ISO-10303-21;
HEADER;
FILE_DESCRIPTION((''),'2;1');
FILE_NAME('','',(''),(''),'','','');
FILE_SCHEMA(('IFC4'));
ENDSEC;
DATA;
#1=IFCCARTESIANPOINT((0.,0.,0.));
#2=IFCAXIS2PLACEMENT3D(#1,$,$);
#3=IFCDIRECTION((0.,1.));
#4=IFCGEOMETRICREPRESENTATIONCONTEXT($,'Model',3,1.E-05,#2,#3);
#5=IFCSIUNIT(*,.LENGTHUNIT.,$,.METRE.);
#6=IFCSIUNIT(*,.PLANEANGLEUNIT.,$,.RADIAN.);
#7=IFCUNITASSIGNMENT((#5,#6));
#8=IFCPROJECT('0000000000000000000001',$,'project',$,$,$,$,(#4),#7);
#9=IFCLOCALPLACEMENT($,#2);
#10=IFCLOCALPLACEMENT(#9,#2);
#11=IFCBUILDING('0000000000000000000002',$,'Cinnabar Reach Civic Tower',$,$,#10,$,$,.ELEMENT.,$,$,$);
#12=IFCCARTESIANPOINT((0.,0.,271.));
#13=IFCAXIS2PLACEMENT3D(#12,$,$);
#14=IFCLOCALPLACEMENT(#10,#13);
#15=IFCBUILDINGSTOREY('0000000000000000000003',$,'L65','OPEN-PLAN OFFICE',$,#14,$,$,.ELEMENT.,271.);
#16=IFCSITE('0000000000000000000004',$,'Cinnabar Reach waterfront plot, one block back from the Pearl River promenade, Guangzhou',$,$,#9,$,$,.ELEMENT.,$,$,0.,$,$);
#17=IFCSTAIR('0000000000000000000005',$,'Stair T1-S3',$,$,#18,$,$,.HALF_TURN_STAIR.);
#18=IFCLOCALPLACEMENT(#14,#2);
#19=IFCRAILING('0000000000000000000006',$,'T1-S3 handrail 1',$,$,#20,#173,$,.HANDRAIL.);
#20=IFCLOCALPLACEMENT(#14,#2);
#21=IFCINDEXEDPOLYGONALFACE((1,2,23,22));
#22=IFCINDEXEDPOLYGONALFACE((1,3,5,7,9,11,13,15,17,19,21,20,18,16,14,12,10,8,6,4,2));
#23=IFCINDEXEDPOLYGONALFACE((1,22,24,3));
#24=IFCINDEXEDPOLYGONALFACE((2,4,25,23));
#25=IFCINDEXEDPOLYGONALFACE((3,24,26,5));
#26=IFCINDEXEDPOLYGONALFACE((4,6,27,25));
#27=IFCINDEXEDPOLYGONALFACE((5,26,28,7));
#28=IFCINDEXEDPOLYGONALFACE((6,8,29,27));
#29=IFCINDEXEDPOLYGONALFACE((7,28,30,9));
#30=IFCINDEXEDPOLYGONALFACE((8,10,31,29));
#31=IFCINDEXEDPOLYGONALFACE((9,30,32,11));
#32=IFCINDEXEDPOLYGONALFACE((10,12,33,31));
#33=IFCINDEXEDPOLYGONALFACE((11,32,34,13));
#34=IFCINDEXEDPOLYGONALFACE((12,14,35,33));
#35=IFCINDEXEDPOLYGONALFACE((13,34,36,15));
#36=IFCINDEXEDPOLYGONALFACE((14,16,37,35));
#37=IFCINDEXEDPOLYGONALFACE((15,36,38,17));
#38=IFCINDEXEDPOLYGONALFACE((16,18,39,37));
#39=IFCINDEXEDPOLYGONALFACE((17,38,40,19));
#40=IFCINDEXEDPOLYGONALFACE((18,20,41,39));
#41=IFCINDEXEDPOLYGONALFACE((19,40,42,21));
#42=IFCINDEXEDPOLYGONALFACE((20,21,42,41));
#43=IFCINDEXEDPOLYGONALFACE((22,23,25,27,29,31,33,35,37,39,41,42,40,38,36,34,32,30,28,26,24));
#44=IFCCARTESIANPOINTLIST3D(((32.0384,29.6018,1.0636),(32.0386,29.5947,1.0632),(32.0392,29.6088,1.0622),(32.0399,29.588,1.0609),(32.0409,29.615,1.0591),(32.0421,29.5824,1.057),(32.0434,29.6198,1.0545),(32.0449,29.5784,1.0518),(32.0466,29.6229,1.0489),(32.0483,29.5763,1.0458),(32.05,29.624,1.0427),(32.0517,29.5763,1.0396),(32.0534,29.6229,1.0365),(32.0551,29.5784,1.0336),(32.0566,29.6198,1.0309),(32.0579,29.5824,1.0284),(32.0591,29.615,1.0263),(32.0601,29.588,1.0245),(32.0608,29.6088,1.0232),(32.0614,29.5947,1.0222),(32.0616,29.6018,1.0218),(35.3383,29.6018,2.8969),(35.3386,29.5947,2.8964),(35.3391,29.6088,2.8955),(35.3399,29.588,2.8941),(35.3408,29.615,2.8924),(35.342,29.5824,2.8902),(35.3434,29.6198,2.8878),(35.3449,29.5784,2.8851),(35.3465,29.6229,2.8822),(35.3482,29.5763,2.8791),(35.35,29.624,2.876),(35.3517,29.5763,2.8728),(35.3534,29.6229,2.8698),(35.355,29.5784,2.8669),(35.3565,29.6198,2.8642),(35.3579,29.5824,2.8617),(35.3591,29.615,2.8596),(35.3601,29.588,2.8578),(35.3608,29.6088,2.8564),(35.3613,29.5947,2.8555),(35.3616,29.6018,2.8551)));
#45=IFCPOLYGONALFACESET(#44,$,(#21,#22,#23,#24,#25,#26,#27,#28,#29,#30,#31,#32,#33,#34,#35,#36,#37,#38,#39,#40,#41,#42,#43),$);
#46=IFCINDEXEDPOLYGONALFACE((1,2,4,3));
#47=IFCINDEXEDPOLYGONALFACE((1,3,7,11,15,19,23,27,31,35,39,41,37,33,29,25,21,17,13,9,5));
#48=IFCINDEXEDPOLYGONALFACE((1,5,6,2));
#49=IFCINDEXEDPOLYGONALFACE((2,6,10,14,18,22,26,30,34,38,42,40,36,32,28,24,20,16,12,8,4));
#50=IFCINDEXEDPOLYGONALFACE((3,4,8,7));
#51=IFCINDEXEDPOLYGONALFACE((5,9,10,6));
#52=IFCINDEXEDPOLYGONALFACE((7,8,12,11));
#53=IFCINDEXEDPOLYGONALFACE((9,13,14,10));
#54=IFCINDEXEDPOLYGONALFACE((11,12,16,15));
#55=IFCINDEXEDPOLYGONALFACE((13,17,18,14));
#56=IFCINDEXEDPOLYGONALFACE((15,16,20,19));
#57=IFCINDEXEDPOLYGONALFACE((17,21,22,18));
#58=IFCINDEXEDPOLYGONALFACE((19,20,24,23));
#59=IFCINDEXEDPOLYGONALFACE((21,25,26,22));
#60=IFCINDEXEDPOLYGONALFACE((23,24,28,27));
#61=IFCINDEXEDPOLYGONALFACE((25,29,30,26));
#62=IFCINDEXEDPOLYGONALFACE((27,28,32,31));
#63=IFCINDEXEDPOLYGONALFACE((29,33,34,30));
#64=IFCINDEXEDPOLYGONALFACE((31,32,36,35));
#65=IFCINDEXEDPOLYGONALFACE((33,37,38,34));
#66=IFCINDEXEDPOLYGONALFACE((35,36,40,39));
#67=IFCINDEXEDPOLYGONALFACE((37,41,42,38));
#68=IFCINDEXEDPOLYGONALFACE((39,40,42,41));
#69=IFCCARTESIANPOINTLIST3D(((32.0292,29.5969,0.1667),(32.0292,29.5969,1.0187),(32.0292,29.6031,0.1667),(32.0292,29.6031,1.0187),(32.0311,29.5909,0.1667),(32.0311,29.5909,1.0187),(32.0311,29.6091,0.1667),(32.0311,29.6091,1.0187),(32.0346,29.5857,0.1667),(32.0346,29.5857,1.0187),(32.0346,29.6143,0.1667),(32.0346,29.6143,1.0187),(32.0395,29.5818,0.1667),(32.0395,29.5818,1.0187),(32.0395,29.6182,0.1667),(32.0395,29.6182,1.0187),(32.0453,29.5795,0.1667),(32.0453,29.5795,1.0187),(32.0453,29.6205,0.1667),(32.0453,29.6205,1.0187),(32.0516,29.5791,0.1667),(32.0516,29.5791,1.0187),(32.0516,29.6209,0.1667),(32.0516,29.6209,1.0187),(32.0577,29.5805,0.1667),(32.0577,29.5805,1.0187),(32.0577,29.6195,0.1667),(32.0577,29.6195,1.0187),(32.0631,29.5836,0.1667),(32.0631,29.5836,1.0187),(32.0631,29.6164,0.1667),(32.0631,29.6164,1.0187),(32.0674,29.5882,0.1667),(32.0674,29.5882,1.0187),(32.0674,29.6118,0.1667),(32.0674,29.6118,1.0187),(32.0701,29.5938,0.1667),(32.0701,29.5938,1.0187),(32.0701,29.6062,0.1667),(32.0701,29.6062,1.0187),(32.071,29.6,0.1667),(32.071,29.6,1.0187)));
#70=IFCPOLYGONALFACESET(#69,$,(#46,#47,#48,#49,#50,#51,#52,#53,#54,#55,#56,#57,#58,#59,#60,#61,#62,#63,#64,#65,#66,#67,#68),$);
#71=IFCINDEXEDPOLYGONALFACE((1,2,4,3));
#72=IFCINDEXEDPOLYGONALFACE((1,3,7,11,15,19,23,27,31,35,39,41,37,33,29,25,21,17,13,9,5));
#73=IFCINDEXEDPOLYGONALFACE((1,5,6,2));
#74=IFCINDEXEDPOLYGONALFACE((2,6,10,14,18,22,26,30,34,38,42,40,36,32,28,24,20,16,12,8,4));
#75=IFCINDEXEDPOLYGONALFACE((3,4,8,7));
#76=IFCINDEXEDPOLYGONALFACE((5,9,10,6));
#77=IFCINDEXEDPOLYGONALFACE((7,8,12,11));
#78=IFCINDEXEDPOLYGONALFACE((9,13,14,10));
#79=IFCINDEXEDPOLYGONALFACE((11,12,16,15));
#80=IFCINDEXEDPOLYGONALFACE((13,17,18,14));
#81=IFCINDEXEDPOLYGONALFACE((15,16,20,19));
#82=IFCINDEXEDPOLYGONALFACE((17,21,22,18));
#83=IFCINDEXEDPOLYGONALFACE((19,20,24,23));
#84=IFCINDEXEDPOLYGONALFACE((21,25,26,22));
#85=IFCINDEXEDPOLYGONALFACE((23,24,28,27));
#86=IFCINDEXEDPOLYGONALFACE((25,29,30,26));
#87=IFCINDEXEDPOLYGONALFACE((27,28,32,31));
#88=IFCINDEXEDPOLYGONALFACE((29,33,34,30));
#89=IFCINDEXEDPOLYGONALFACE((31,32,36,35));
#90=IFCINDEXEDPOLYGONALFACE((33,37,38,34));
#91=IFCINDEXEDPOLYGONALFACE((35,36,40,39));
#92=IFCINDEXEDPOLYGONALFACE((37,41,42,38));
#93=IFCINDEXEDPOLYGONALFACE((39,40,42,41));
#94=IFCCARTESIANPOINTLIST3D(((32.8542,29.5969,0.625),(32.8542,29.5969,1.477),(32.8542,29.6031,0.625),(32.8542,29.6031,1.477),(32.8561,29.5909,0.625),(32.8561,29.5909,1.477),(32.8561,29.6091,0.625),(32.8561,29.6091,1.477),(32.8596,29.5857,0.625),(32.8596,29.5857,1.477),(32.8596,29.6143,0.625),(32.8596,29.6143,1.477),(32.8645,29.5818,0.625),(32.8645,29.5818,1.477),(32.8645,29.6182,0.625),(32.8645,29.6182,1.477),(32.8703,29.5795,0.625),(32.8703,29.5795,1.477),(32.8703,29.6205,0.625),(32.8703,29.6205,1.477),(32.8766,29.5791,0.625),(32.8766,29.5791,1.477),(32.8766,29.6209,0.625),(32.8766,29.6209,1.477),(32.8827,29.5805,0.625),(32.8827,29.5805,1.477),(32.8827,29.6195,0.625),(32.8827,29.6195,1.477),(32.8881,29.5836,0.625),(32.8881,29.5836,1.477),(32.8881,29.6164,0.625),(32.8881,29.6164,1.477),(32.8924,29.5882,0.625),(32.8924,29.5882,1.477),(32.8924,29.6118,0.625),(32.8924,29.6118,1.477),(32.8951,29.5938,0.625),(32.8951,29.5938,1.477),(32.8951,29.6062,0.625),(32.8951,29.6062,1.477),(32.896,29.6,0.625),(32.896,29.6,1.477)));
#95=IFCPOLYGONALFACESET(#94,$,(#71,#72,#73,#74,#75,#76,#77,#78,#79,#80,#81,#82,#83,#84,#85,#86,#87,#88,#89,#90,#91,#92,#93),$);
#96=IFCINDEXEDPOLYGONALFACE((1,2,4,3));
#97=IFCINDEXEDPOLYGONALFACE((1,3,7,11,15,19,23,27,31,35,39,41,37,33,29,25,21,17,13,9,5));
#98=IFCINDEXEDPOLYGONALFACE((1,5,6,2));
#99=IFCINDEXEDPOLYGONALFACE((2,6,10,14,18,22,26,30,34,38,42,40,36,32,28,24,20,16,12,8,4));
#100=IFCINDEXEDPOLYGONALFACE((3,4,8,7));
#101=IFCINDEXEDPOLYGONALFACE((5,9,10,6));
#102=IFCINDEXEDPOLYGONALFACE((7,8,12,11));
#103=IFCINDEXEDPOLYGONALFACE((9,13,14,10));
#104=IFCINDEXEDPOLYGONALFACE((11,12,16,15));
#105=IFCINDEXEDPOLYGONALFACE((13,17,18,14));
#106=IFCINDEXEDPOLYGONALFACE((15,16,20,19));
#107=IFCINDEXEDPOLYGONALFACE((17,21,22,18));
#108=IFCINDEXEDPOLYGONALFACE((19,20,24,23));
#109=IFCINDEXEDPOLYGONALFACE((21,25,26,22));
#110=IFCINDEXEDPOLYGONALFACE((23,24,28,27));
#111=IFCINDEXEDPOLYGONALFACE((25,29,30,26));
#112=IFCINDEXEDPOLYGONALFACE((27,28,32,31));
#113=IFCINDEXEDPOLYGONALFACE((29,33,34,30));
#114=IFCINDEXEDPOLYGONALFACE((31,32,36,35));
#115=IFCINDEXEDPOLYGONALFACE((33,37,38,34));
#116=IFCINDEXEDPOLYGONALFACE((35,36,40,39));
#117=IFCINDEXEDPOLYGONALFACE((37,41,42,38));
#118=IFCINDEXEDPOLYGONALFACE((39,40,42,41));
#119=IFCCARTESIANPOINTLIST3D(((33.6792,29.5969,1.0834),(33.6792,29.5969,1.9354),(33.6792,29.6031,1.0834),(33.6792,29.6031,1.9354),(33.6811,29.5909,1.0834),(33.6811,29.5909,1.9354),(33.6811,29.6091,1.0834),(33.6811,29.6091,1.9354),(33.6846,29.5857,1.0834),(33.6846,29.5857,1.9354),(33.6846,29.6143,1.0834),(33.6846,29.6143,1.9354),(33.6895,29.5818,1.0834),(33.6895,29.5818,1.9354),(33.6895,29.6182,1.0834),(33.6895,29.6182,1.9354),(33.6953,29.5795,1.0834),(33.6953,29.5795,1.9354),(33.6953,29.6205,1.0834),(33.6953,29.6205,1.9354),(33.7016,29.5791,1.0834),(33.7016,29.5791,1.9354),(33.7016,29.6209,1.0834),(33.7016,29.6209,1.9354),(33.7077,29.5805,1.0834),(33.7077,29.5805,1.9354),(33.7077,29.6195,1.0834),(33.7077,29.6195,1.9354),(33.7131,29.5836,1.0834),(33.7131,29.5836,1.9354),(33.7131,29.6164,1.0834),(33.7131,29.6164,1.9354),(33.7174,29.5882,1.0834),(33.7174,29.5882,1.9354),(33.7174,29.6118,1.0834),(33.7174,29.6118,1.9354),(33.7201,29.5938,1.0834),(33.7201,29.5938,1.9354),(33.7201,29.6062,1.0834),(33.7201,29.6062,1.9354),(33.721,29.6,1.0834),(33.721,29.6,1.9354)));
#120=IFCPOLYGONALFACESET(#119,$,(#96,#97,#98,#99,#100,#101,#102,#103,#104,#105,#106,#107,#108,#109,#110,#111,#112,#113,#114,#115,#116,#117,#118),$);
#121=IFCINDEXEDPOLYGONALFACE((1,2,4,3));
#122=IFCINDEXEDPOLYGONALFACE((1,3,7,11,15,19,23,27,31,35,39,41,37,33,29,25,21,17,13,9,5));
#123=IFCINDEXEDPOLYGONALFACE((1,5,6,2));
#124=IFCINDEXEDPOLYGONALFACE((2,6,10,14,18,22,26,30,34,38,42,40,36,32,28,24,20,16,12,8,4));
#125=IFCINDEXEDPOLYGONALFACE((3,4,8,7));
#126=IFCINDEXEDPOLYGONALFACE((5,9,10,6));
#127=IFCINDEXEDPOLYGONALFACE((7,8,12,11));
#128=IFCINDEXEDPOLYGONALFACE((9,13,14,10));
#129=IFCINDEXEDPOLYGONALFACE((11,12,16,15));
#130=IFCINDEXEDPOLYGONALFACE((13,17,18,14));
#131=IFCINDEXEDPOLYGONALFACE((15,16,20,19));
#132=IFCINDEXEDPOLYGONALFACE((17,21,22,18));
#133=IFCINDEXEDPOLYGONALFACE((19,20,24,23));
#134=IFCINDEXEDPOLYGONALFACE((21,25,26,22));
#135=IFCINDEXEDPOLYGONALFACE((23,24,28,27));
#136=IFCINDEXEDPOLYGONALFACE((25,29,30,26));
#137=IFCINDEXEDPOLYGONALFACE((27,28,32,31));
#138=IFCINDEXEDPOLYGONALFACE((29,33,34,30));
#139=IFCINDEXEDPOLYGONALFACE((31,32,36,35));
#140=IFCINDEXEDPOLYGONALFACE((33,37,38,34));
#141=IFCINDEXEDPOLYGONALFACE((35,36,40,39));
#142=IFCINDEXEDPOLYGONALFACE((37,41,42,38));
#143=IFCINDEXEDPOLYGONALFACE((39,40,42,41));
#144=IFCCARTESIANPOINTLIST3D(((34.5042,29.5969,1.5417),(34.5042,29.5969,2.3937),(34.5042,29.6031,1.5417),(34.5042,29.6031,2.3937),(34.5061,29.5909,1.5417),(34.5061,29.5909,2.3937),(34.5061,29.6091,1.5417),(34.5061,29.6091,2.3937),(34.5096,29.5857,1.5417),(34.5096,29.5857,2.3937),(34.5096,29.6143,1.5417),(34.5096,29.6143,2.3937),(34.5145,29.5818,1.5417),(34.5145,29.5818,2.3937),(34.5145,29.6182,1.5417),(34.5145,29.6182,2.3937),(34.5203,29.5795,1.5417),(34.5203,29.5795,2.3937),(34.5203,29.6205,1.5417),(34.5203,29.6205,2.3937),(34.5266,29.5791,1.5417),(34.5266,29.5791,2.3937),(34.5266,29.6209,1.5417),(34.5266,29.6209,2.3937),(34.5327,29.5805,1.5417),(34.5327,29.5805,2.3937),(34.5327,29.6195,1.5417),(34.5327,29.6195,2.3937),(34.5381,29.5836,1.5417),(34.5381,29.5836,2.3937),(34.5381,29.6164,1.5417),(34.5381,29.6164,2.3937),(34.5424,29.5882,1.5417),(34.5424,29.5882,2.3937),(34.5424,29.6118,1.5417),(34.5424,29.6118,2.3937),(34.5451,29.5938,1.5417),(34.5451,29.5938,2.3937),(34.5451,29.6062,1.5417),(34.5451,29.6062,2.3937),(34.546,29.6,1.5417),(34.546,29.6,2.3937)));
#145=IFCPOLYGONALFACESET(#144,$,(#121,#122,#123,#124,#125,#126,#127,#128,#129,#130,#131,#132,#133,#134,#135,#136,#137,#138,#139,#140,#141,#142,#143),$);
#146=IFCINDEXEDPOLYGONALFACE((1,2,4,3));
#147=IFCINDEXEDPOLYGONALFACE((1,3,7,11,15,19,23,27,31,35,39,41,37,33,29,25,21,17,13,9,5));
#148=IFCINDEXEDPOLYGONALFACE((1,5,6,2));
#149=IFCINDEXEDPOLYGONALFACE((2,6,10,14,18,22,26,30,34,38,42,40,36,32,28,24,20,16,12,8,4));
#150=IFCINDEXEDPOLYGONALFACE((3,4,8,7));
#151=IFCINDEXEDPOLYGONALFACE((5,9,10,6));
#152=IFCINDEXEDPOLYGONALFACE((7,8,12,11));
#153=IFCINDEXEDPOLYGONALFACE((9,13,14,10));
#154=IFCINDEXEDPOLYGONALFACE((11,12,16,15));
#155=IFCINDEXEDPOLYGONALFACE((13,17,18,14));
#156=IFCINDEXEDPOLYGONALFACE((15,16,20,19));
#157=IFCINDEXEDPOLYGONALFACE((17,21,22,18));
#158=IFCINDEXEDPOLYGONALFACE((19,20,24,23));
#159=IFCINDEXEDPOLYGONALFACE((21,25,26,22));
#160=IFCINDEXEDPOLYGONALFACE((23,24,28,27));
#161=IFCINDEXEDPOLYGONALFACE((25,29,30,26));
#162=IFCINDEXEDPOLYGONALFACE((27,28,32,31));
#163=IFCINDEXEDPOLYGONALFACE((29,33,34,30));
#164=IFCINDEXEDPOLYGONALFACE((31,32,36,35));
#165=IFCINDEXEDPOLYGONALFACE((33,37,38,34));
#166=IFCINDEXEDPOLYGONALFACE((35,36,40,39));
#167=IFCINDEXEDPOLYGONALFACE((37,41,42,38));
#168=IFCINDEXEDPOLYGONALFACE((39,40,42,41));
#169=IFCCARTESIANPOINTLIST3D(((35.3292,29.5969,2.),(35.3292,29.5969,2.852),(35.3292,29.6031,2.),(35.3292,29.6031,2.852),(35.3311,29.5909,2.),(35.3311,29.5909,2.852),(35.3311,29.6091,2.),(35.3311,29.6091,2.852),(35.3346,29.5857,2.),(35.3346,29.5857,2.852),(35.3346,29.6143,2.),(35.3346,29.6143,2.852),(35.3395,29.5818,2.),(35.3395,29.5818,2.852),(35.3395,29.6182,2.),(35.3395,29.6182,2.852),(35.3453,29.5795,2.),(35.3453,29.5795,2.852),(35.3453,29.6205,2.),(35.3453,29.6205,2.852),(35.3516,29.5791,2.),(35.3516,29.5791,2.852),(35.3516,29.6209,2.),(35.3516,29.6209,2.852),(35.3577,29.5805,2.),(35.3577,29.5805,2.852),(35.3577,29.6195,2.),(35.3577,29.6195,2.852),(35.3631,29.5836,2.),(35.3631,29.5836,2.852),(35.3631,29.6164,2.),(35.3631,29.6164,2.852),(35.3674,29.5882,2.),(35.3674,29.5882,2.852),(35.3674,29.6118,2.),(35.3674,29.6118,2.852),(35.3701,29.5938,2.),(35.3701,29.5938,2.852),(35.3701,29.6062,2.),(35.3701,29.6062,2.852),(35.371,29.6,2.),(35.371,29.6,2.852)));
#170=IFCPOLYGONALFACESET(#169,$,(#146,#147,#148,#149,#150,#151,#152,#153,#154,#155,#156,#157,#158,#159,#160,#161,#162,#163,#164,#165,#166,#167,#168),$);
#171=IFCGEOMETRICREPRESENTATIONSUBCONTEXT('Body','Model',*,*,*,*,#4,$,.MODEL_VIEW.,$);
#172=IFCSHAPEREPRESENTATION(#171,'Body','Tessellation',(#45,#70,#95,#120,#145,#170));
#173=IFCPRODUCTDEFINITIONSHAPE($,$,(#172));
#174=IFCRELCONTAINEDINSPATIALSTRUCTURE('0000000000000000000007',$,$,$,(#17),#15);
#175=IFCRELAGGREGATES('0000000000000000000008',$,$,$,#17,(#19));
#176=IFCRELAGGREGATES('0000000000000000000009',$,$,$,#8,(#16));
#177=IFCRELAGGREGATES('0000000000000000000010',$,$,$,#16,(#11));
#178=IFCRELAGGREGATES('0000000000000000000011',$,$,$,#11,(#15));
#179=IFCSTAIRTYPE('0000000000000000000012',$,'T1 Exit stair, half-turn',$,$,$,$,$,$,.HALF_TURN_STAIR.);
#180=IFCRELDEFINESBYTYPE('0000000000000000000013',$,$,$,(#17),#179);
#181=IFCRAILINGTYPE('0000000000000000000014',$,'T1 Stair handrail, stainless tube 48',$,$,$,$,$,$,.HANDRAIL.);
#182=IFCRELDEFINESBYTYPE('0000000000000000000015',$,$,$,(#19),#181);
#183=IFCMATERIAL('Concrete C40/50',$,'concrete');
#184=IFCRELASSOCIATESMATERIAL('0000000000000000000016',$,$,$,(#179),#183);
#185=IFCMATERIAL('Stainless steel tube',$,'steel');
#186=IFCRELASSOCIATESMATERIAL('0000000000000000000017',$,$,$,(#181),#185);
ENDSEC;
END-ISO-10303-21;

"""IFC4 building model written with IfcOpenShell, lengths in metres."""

from ifc_helpers import new_model, si_unit, direction, frame, origin, origin_2d, place, context, subcontext, project, spatial, circle, extrude, material, type_object, element, aggregate, save


model = new_model("IFC4")

# Units and contexts
model_context = context("Model", 3, precision=1e-05, world=origin(), true_north=direction((0.0, 1.0)))
body_context = subcontext(model_context, "Body", "Model", "MODEL_VIEW")
ifc_project = project(units=[si_unit("LENGTHUNIT", "METRE"), si_unit("PLANEANGLEUNIT", "RADIAN")], contexts=[model_context])

# Site, building, storey
site_placement = place(None, origin())
site = spatial("IfcSite", under=ifc_project, at=site_placement, Name="Cinnabar Reach waterfront plot, one block back from the Pearl River promenade, Guangzhou", CompositionType="ELEMENT", RefElevation=0.0)
building_placement = place(site_placement, origin())
building = spatial("IfcBuilding", under=site, at=building_placement, Name="Cinnabar Reach Civic Tower", CompositionType="ELEMENT")
storey_placement = place(building_placement, frame((0.0, 0.0, 271.0)))
storey = spatial("IfcBuildingStorey", under=building, at=storey_placement, Name="L65", Description="OPEN-PLAN OFFICE", CompositionType="ELEMENT", Elevation=271.0)

# Stair, railing
ifc_material_1 = material(Name="Concrete C40/50", Category="concrete")
stair_type = type_object("IfcStairType", Name="T1 Exit stair, half-turn", PredefinedType="HALF_TURN_STAIR", material=ifc_material_1)
stair_placement = place(storey_placement, origin())
stair = element("IfcStair", 1, at=stair_placement, inside=storey, type_object=stair_type, Name="Stair T1-S3", PredefinedType="HALF_TURN_STAIR")
ifc_material_2 = material(Name="Stainless steel tube", Category="steel")
railing_type = type_object("IfcRailingType", Name="T1 Stair handrail, stainless tube 48", PredefinedType="HANDRAIL", material=ifc_material_2)
railing_1_placement = place(storey_placement, frame((32.05, 29.6, 0.1667)))
railing_1 = element("IfcRailing", 2, at=railing_1_placement, type_object=railing_type, Name="T1-S3 handrail 1", PredefinedType="HANDRAIL", context=body_context, shape_type="SweptSolid", body=[
    extrude(circle(Radius=0.024, at=origin_2d()), frame((0.0, 0.0, 0.876), z_axis=(0.874161, 0.0, 0.485636), x_axis=(0.0, 1.0, 0.0)), (0.0, 0.0, 1.0), 3.775),
    extrude(circle(Radius=0.021, at=origin_2d()), origin(), (0.0, 0.0, 1.0), 0.852),
    extrude(circle(Radius=0.021, at=origin_2d()), frame((0.825, 0.0, 0.4583)), (0.0, 0.0, 1.0), 0.852),
    extrude(circle(Radius=0.021, at=origin_2d()), frame((1.65, 0.0, 0.9167)), (0.0, 0.0, 1.0), 0.852),
    extrude(circle(Radius=0.021, at=origin_2d()), frame((2.475, 0.0, 1.375)), (0.0, 0.0, 1.0), 0.852),
    extrude(circle(Radius=0.021, at=origin_2d()), frame((3.3, 0.0, 1.8333)), (0.0, 0.0, 1.0), 0.852),
])
aggregate(stair, [railing_1])

save(model, "model.ifc")
